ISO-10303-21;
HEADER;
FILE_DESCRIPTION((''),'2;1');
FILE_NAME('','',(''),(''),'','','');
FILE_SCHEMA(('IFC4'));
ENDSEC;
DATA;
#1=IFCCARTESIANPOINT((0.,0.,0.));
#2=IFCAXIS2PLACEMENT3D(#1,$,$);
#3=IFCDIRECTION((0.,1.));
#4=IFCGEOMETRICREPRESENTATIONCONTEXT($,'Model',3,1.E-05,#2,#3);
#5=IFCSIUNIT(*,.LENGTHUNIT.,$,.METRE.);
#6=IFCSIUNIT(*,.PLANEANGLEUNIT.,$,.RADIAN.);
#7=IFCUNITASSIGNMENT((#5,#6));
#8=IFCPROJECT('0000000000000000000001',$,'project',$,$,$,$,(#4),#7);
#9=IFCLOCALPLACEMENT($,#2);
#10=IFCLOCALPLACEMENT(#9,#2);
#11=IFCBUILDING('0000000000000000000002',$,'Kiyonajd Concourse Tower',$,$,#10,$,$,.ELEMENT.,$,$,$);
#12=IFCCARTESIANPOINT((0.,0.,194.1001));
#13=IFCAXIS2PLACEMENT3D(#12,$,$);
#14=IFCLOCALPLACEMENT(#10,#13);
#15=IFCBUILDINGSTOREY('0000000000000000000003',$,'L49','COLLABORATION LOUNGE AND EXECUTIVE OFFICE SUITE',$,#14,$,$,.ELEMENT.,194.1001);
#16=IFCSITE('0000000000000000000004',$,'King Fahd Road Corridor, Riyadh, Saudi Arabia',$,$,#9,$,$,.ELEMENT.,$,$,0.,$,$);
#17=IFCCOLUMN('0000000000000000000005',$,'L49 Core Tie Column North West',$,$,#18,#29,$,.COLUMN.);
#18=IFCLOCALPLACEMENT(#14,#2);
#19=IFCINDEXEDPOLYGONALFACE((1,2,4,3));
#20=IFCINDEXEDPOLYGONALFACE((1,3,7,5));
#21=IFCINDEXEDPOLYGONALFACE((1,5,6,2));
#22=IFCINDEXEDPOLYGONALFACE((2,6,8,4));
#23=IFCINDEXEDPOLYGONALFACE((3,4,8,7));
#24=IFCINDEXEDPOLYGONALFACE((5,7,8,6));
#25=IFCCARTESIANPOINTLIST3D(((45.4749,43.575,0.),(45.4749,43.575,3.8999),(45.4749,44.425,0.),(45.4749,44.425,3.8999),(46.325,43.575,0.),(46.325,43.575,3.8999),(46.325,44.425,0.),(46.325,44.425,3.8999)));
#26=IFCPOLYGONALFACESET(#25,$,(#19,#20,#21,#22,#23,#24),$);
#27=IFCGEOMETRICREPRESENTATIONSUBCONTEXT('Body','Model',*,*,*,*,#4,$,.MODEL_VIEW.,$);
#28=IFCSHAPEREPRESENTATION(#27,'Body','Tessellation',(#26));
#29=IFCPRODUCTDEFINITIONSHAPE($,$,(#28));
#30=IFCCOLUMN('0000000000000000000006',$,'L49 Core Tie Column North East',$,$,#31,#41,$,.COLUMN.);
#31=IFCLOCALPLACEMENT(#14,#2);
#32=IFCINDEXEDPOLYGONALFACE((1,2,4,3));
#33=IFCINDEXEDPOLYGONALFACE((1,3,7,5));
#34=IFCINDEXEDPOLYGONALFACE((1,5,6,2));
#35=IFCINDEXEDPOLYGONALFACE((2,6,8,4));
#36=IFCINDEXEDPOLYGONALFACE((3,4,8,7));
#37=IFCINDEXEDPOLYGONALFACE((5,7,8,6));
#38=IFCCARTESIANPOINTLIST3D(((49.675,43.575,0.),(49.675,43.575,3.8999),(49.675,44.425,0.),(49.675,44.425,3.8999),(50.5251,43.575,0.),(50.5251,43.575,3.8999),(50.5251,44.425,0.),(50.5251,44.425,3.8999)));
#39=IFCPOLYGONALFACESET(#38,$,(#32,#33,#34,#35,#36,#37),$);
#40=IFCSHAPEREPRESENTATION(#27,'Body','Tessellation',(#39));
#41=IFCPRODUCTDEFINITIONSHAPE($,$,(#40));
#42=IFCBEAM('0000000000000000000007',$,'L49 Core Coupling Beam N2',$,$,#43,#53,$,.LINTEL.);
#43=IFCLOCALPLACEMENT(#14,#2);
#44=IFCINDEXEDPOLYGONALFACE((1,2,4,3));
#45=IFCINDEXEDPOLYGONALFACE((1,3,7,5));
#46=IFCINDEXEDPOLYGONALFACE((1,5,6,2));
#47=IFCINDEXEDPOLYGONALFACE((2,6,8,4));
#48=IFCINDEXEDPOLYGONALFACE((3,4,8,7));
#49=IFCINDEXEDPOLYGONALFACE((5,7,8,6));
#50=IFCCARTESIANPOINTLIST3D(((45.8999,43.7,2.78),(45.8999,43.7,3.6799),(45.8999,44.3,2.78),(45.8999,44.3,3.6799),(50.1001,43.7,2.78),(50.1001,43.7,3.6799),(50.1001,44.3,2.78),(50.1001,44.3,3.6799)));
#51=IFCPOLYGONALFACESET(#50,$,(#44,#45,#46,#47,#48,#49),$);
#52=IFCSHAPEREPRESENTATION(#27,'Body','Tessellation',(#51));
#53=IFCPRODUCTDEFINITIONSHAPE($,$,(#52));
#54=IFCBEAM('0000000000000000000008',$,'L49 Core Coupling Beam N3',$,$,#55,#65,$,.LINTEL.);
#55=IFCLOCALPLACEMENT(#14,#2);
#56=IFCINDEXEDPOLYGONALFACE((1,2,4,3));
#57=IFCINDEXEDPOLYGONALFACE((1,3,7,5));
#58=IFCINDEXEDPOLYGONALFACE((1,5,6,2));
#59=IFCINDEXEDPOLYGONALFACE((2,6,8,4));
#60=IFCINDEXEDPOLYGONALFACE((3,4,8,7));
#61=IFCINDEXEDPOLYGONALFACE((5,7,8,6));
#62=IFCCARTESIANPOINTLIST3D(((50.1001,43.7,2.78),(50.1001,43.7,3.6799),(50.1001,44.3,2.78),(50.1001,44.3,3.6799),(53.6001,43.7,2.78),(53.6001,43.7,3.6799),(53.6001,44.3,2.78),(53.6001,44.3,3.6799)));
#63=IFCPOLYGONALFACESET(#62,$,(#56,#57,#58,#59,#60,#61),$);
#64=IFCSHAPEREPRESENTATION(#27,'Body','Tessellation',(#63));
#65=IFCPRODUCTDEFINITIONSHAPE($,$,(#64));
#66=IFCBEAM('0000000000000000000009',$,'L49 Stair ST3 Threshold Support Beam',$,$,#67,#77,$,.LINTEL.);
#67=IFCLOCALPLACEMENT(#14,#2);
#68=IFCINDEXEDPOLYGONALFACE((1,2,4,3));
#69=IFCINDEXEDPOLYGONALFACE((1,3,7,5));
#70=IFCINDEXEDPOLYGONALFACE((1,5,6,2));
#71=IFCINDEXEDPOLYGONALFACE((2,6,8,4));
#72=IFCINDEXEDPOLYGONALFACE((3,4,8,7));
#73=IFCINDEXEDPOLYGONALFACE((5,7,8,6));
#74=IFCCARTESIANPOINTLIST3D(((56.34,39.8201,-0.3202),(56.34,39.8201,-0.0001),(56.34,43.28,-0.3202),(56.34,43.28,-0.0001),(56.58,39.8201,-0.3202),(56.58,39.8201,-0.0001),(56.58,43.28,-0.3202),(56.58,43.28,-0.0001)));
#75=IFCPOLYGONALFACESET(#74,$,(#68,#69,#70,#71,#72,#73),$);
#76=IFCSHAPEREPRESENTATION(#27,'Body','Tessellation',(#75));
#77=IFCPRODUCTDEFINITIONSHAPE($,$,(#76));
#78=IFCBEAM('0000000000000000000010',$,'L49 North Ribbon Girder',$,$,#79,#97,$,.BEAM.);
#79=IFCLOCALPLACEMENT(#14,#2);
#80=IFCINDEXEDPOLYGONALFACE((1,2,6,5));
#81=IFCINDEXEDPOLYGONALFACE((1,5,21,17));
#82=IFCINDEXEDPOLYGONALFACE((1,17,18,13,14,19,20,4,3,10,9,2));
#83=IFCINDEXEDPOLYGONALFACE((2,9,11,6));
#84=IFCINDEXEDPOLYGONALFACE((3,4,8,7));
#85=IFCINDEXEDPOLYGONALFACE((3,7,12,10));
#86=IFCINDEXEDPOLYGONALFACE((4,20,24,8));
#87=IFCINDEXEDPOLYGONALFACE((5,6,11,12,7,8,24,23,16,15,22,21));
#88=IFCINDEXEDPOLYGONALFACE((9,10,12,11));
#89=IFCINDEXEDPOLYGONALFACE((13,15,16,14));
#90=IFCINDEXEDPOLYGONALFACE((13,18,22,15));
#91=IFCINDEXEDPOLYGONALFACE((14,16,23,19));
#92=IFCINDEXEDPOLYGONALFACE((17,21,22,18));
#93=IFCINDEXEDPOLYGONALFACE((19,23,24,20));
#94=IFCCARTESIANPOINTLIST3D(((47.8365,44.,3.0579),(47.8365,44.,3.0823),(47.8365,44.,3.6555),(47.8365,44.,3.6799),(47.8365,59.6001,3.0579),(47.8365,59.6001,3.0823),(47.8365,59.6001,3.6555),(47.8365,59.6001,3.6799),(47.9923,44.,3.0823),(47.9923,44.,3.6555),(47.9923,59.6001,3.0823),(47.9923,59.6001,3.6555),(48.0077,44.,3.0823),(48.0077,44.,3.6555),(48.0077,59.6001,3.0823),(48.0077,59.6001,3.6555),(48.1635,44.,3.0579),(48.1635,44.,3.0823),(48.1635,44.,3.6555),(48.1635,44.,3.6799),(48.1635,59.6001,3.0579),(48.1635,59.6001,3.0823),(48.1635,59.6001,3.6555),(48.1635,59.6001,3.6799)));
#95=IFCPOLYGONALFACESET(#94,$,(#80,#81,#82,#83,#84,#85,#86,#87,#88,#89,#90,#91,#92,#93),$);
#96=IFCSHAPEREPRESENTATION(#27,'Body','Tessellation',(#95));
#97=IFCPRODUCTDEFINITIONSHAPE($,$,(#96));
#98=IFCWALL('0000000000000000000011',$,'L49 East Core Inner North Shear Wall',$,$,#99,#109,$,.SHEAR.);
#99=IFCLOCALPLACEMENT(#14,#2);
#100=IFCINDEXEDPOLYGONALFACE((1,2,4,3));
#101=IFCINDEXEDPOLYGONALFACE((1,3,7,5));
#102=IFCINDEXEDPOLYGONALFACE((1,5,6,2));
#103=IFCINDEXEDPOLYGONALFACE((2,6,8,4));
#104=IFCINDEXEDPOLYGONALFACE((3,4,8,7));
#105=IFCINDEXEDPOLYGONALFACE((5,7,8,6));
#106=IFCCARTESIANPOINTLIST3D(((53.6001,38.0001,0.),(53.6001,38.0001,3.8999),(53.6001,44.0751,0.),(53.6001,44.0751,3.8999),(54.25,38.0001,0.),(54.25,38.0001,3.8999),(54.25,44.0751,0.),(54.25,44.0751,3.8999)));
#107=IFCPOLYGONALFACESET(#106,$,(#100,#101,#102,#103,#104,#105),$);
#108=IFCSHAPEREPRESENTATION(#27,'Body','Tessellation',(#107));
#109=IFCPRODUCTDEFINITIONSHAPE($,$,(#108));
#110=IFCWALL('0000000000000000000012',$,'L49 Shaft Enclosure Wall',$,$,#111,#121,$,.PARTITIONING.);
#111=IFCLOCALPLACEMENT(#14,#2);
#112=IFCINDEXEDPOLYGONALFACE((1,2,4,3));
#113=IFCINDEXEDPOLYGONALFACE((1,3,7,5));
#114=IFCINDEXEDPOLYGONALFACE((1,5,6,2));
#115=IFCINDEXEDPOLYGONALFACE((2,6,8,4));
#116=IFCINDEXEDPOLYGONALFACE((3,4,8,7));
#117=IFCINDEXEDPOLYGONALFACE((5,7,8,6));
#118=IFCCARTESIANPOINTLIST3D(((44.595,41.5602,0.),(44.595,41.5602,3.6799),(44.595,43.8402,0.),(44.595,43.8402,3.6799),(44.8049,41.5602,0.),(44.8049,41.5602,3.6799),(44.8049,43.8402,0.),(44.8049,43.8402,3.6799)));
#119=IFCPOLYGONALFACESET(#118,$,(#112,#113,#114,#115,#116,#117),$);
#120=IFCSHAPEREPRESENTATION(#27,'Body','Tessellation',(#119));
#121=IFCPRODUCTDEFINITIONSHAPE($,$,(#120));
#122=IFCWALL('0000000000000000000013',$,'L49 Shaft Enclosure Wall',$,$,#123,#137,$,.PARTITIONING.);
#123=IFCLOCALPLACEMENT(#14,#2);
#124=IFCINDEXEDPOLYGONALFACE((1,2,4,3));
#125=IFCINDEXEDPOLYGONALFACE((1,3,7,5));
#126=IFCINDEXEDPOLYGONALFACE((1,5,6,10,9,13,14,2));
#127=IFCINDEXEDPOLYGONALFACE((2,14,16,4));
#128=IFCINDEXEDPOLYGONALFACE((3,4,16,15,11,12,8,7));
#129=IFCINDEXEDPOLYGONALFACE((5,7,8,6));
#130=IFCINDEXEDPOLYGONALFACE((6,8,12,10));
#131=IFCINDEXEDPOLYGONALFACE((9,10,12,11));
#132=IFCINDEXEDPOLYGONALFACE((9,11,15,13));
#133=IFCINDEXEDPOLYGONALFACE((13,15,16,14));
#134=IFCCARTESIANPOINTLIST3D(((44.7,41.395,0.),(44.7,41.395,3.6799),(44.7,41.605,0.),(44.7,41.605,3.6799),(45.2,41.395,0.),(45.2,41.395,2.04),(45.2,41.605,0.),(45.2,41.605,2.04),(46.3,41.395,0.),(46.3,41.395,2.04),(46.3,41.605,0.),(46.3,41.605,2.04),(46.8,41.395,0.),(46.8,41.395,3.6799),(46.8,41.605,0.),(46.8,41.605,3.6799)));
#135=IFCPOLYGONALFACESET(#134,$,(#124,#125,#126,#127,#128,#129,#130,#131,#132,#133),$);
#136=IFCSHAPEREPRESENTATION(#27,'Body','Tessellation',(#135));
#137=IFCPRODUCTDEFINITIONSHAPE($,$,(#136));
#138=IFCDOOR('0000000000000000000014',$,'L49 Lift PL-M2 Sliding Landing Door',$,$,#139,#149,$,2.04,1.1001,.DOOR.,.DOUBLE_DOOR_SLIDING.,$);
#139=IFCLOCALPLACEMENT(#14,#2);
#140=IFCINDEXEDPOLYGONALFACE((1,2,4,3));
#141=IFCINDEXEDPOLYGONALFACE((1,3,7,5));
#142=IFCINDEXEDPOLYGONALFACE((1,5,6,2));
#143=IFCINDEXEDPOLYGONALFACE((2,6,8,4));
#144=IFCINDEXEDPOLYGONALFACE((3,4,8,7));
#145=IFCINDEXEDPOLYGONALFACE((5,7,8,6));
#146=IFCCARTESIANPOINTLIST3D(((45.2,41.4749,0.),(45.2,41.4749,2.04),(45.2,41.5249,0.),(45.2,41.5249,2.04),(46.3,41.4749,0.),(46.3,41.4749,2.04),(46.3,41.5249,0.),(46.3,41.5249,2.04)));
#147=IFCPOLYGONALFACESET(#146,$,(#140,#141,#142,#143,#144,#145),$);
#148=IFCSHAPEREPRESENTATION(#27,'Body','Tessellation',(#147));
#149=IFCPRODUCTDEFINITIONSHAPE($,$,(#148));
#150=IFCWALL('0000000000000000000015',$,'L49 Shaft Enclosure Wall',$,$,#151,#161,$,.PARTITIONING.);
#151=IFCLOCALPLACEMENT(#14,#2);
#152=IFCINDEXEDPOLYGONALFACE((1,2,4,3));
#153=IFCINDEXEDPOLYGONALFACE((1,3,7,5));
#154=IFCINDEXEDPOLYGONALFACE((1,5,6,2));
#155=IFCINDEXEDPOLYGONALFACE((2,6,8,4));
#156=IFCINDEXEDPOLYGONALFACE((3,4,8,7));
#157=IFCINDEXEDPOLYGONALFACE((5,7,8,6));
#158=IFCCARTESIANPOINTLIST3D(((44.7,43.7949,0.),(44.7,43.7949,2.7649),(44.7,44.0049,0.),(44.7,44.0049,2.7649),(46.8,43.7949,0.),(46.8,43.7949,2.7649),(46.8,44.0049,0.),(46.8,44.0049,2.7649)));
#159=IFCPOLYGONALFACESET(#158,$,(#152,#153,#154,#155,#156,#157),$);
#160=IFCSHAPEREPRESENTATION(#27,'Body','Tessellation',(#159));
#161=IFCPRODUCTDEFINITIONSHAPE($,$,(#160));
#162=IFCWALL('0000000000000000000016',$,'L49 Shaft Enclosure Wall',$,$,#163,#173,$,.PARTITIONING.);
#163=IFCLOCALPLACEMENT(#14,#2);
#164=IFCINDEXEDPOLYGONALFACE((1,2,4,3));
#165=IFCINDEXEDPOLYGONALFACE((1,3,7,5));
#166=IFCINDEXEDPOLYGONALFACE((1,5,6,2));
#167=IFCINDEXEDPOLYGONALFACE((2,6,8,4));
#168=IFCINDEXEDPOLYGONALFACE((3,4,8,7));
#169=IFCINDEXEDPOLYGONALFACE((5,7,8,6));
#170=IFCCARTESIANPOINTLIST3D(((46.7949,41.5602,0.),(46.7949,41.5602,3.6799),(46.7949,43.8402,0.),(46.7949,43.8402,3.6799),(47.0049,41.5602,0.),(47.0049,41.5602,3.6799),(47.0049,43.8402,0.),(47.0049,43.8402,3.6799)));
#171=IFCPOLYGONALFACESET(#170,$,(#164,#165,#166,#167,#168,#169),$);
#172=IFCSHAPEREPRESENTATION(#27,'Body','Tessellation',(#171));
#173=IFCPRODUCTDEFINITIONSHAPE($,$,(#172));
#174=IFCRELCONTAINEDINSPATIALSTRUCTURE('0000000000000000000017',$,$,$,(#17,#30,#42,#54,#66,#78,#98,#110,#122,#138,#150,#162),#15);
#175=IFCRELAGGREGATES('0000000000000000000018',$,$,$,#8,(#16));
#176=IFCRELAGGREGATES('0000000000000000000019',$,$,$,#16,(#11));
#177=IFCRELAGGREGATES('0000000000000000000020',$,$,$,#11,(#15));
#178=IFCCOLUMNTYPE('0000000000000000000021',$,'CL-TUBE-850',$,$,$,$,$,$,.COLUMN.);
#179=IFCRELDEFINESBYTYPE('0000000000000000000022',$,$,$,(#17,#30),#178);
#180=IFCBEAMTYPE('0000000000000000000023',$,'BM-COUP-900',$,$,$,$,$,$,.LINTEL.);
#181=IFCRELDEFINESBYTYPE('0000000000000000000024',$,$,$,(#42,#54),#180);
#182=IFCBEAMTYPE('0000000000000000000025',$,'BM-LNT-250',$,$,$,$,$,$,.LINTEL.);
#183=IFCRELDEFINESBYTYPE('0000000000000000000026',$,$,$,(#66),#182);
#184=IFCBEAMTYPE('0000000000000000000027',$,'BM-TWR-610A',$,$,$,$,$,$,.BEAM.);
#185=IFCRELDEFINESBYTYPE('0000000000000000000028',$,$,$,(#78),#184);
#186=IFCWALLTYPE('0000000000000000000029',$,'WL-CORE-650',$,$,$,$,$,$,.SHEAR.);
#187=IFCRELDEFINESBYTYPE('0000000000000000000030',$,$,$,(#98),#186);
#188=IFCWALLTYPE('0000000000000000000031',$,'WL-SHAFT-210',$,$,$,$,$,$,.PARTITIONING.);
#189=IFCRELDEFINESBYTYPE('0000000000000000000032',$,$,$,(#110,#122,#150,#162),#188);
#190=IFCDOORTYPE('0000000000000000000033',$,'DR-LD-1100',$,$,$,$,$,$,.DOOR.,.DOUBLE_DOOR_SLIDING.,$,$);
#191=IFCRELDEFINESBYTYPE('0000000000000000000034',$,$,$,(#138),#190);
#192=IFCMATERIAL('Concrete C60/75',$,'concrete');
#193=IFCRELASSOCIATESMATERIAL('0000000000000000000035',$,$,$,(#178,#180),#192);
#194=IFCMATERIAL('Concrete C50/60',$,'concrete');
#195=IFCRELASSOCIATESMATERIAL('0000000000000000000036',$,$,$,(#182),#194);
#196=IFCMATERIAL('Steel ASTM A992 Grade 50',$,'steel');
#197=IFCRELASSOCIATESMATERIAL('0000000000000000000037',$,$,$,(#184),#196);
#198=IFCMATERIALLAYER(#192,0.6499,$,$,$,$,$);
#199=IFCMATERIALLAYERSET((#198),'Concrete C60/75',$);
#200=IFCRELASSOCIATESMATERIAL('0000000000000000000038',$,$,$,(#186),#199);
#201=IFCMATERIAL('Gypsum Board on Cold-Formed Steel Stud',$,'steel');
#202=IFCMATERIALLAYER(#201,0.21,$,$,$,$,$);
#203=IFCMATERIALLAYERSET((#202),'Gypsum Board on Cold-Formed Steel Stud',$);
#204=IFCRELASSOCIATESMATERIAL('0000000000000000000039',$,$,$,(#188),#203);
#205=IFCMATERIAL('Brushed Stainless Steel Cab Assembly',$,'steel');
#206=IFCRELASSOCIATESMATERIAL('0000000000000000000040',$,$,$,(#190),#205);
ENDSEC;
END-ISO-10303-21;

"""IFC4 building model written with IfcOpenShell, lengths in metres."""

from ifc_helpers import new_model, si_unit, direction, frame, frame_2d, origin, origin_2d, place, context, subcontext, project, spatial, rectangle, i_section, extrude, material, layer, layer_set, material_profile, profile_set, type_object, element, fill, save


model = new_model("IFC4")

# Units and contexts
model_context = context("Model", 3, precision=1e-05, world=origin(), true_north=direction((0.0, 1.0)))
body_context = subcontext(model_context, "Body", "Model", "MODEL_VIEW")
ifc_project = project(units=[si_unit("LENGTHUNIT", "METRE"), si_unit("PLANEANGLEUNIT", "RADIAN")], contexts=[model_context])

# Site, building, storey
site_placement = place(None, origin())
site = spatial("IfcSite", under=ifc_project, at=site_placement, Name="King Fahd Road Corridor, Riyadh, Saudi Arabia", CompositionType="ELEMENT", RefElevation=0.0)
building_placement = place(site_placement, origin())
building = spatial("IfcBuilding", under=site, at=building_placement, Name="Kiyonajd Concourse Tower", CompositionType="ELEMENT")
storey_placement = place(building_placement, frame((0.0, 0.0, 194.1001)))
storey = spatial("IfcBuildingStorey", under=building, at=storey_placement, Name="L49", Description="COLLABORATION LOUNGE AND EXECUTIVE OFFICE SUITE", CompositionType="ELEMENT", Elevation=194.1001)

# Columns
ifc_material_1 = material(Name="Concrete C60/75", Category="concrete")
ifc_material_profile_1 = material_profile(ifc_material_1, rectangle(XDim=0.8501, YDim=0.8501, at=origin_2d()), Name="RC-850x850")
ifc_profile_set_1 = profile_set([ifc_material_profile_1], Name="Concrete C60/75")
column_type = type_object("IfcColumnType", Name="CL-TUBE-850", PredefinedType="COLUMN", material=ifc_profile_set_1)
for number, where, z_axis, x_axis, name in (
    (1, (45.8999, 44.0, 0.0), (0.0, 0.0, 1.0), (1.0, 0.0, 0.0), "L49 Core Tie Column North West"),
    (2, (50.1001, 44.0, 0.0), (0.0, 0.0, 1.0), (1.0, 0.0, 0.0), "L49 Core Tie Column North East"),
):
    element("IfcColumn", number, at=place(storey_placement, frame(where, z_axis=z_axis, x_axis=x_axis)), inside=storey, type_object=column_type, Name=name, PredefinedType="COLUMN", context=body_context, shape_type="SweptSolid", body=[
        extrude(rectangle(XDim=0.8501, YDim=0.8501, at=origin_2d()), origin(), (0.0, 0.0, 1.0), 3.8999),
    ])

# Beams
ifc_material_profile_2 = material_profile(ifc_material_1, rectangle(XDim=0.6001, YDim=0.8999, at=origin_2d()), Name="RCBM-600x900")
ifc_profile_set_2 = profile_set([ifc_material_profile_2], Name="Concrete C60/75")
beam_type_1 = type_object("IfcBeamType", Name="BM-COUP-900", PredefinedType="LINTEL", material=ifc_profile_set_2)
beam_1_placement = place(storey_placement, frame((45.8999, 44.0, 3.23), z_axis=(1.0, 0.0, 0.0), x_axis=(0.0, 1.0, 0.0)))
element("IfcBeam", 3, at=beam_1_placement, inside=storey, type_object=beam_type_1, Name="L49 Core Coupling Beam N2", PredefinedType="LINTEL", context=body_context, shape_type="SweptSolid", body=[
    extrude(rectangle(XDim=0.6001, YDim=0.8999, at=origin_2d()), origin(), (0.0, 0.0, 1.0), 4.2002),
])
beam_2_placement = place(storey_placement, frame((50.1001, 44.0, 3.23), z_axis=(1.0, 0.0, 0.0), x_axis=(0.0, 1.0, 0.0)))
element("IfcBeam", 4, at=beam_2_placement, inside=storey, type_object=beam_type_1, Name="L49 Core Coupling Beam N3", PredefinedType="LINTEL", context=body_context, shape_type="SweptSolid", body=[
    extrude(rectangle(XDim=0.6001, YDim=0.8999, at=origin_2d()), origin(), (0.0, 0.0, 1.0), 3.5),
])
ifc_material_2 = material(Name="Concrete C50/60", Category="concrete")
ifc_material_profile_3 = material_profile(ifc_material_2, rectangle(XDim=0.24, YDim=0.3201, at=origin_2d()), Name="RCBM-240x320")
ifc_profile_set_3 = profile_set([ifc_material_profile_3], Name="Concrete C50/60")
beam_type_2 = type_object("IfcBeamType", Name="BM-LNT-250", PredefinedType="LINTEL", material=ifc_profile_set_3)
beam_3_placement = place(storey_placement, frame((56.46, 39.8201, -0.1602), z_axis=(0.0, 1.0, 0.0), x_axis=(-1.0, 0.0, 0.0)))
element("IfcBeam", 5, at=beam_3_placement, inside=storey, type_object=beam_type_2, Name="L49 Stair ST3 Threshold Support Beam", PredefinedType="LINTEL", context=body_context, shape_type="SweptSolid", body=[
    extrude(rectangle(XDim=0.24, YDim=0.3201, at=origin_2d()), origin(), (0.0, 0.0, 1.0), 3.46),
])
ifc_material_3 = material(Name="Steel ASTM A992 Grade 50", Category="steel")
ifc_material_profile_4 = material_profile(ifc_material_3, i_section(OverallWidth=0.3269, OverallDepth=0.6221, WebThickness=0.0154, FlangeThickness=0.0244, at=origin_2d()), Name="W610X195")
ifc_profile_set_4 = profile_set([ifc_material_profile_4], Name="Steel ASTM A992 Grade 50")
beam_type_3 = type_object("IfcBeamType", Name="BM-TWR-610A", PredefinedType="BEAM", material=ifc_profile_set_4)
beam_4_placement = place(storey_placement, frame((48.0, 44.0, 3.3689), z_axis=(0.0, 1.0, 0.0), x_axis=(-1.0, 0.0, 0.0)))
element("IfcBeam", 6, at=beam_4_placement, inside=storey, type_object=beam_type_3, Name="L49 North Ribbon Girder", PredefinedType="BEAM", context=body_context, shape_type="SweptSolid", body=[
    extrude(i_section(OverallWidth=0.3269, OverallDepth=0.6221, WebThickness=0.0154, FlangeThickness=0.0244, at=origin_2d()), origin(), (0.0, 0.0, 1.0), 15.6001),
])

# Walls
ifc_layer_1 = layer(ifc_material_1, 0.6499)
ifc_layer_set_1 = layer_set([ifc_layer_1], Name="Concrete C60/75")
wall_type_1 = type_object("IfcWallType", Name="WL-CORE-650", PredefinedType="SHEAR", material=ifc_layer_set_1)
wall_1_placement = place(storey_placement, frame((53.925, 38.0, 0.0), z_axis=(0.0, 0.0, 1.0), x_axis=(0.0, 1.0, 0.0)))
element("IfcWall", 7, at=wall_1_placement, inside=storey, type_object=wall_type_1, Name="L49 East Core Inner North Shear Wall", PredefinedType="SHEAR", context=body_context, shape_type="SweptSolid", body=[
    extrude(rectangle(XDim=6.075, YDim=0.6499, at=frame_2d((3.0376, 0.0))), origin(), (0.0, 0.0, 1.0), 3.8999),
])
ifc_material_4 = material(Name="Gypsum Board on Cold-Formed Steel Stud", Category="steel")
ifc_layer_2 = layer(ifc_material_4, 0.21)
ifc_layer_set_2 = layer_set([ifc_layer_2], Name="Gypsum Board on Cold-Formed Steel Stud")
wall_type_2 = type_object("IfcWallType", Name="WL-SHAFT-210", PredefinedType="PARTITIONING", material=ifc_layer_set_2)
wall_2_placement = place(storey_placement, frame((44.7, 41.5601, 0.0), z_axis=(0.0, 0.0, 1.0), x_axis=(0.0, 1.0, 0.0)))
element("IfcWall", 8, at=wall_2_placement, inside=storey, type_object=wall_type_2, Name="L49 Shaft Enclosure Wall", PredefinedType="PARTITIONING", context=body_context, shape_type="SweptSolid", body=[
    extrude(rectangle(XDim=2.28, YDim=0.21, at=frame_2d((1.1401, 0.0))), origin(), (0.0, 0.0, 1.0), 3.6799),
])

# Wall, opening, door
wall_3_placement = place(storey_placement, frame((44.7, 41.5, 0.0), z_axis=(0.0, 0.0, 1.0), x_axis=(1.0, 0.0, 0.0)))
wall_3 = element("IfcWall", 9, at=wall_3_placement, inside=storey, type_object=wall_type_2, Name="L49 Shaft Enclosure Wall", PredefinedType="PARTITIONING", context=body_context, shape_type="SweptSolid", body=[
    extrude(rectangle(XDim=2.1001, YDim=0.21, at=frame_2d((1.05, 0.0))), origin(), (0.0, 0.0, 1.0), 3.6799),
])
opening_1_placement = place(wall_3_placement, frame((0.5, 0.0, 0.0)))
opening_1 = element("IfcOpeningElement", 10, at=opening_1_placement, cuts=wall_3, PredefinedType="OPENING", context=body_context, shape_type="SweptSolid", body=[
    extrude(rectangle(XDim=1.1001, YDim=2.04, at=frame_2d((0.55, 1.02))), frame((0.0, 0.115, 0.0), z_axis=(0.0, -1.0, 0.0), x_axis=(1.0, 0.0, 0.0)), (0.0, 0.0, 1.0), 0.23),
])
ifc_material_5 = material(Name="Brushed Stainless Steel Cab Assembly", Category="steel")
door_type_1 = type_object("IfcDoorType", Name="DR-LD-1100", OperationType="DOUBLE_DOOR_SLIDING", PredefinedType="DOOR", material=ifc_material_5)
door_1_placement = place(opening_1_placement, origin())
door_1 = element("IfcDoor", 11, at=door_1_placement, inside=storey, type_object=door_type_1, Name="L49 Lift PL-M2 Sliding Landing Door", OperationType="DOUBLE_DOOR_SLIDING", OverallHeight=2.04, OverallWidth=1.1001, PredefinedType="DOOR", context=body_context, shape_type="SweptSolid", body=[
    extrude(rectangle(XDim=1.1001, YDim=2.04, at=frame_2d((0.55, 1.02))), frame((0.0, 0.0249, 0.0), z_axis=(0.0, -1.0, 0.0), x_axis=(1.0, 0.0, 0.0)), (0.0, 0.0, 1.0), 0.05),
])
fill(opening_1, door_1)

# Walls
wall_4_placement = place(storey_placement, frame((44.7, 43.8999, 0.0), z_axis=(0.0, 0.0, 1.0), x_axis=(1.0, 0.0, 0.0)))
element("IfcWall", 12, at=wall_4_placement, inside=storey, type_object=wall_type_2, Name="L49 Shaft Enclosure Wall", PredefinedType="PARTITIONING", context=body_context, shape_type="SweptSolid", body=[
    extrude(rectangle(XDim=2.1001, YDim=0.21, at=frame_2d((1.05, 0.0))), origin(), (0.0, 0.0, 1.0), 2.7649),
])
wall_5_placement = place(storey_placement, frame((46.8999, 41.5601, 0.0), z_axis=(0.0, 0.0, 1.0), x_axis=(0.0, 1.0, 0.0)))
element("IfcWall", 13, at=wall_5_placement, inside=storey, type_object=wall_type_2, Name="L49 Shaft Enclosure Wall", PredefinedType="PARTITIONING", context=body_context, shape_type="SweptSolid", body=[
    extrude(rectangle(XDim=2.28, YDim=0.21, at=frame_2d((1.1401, 0.0))), origin(), (0.0, 0.0, 1.0), 3.6799),
])

save(model, "model.ifc")
